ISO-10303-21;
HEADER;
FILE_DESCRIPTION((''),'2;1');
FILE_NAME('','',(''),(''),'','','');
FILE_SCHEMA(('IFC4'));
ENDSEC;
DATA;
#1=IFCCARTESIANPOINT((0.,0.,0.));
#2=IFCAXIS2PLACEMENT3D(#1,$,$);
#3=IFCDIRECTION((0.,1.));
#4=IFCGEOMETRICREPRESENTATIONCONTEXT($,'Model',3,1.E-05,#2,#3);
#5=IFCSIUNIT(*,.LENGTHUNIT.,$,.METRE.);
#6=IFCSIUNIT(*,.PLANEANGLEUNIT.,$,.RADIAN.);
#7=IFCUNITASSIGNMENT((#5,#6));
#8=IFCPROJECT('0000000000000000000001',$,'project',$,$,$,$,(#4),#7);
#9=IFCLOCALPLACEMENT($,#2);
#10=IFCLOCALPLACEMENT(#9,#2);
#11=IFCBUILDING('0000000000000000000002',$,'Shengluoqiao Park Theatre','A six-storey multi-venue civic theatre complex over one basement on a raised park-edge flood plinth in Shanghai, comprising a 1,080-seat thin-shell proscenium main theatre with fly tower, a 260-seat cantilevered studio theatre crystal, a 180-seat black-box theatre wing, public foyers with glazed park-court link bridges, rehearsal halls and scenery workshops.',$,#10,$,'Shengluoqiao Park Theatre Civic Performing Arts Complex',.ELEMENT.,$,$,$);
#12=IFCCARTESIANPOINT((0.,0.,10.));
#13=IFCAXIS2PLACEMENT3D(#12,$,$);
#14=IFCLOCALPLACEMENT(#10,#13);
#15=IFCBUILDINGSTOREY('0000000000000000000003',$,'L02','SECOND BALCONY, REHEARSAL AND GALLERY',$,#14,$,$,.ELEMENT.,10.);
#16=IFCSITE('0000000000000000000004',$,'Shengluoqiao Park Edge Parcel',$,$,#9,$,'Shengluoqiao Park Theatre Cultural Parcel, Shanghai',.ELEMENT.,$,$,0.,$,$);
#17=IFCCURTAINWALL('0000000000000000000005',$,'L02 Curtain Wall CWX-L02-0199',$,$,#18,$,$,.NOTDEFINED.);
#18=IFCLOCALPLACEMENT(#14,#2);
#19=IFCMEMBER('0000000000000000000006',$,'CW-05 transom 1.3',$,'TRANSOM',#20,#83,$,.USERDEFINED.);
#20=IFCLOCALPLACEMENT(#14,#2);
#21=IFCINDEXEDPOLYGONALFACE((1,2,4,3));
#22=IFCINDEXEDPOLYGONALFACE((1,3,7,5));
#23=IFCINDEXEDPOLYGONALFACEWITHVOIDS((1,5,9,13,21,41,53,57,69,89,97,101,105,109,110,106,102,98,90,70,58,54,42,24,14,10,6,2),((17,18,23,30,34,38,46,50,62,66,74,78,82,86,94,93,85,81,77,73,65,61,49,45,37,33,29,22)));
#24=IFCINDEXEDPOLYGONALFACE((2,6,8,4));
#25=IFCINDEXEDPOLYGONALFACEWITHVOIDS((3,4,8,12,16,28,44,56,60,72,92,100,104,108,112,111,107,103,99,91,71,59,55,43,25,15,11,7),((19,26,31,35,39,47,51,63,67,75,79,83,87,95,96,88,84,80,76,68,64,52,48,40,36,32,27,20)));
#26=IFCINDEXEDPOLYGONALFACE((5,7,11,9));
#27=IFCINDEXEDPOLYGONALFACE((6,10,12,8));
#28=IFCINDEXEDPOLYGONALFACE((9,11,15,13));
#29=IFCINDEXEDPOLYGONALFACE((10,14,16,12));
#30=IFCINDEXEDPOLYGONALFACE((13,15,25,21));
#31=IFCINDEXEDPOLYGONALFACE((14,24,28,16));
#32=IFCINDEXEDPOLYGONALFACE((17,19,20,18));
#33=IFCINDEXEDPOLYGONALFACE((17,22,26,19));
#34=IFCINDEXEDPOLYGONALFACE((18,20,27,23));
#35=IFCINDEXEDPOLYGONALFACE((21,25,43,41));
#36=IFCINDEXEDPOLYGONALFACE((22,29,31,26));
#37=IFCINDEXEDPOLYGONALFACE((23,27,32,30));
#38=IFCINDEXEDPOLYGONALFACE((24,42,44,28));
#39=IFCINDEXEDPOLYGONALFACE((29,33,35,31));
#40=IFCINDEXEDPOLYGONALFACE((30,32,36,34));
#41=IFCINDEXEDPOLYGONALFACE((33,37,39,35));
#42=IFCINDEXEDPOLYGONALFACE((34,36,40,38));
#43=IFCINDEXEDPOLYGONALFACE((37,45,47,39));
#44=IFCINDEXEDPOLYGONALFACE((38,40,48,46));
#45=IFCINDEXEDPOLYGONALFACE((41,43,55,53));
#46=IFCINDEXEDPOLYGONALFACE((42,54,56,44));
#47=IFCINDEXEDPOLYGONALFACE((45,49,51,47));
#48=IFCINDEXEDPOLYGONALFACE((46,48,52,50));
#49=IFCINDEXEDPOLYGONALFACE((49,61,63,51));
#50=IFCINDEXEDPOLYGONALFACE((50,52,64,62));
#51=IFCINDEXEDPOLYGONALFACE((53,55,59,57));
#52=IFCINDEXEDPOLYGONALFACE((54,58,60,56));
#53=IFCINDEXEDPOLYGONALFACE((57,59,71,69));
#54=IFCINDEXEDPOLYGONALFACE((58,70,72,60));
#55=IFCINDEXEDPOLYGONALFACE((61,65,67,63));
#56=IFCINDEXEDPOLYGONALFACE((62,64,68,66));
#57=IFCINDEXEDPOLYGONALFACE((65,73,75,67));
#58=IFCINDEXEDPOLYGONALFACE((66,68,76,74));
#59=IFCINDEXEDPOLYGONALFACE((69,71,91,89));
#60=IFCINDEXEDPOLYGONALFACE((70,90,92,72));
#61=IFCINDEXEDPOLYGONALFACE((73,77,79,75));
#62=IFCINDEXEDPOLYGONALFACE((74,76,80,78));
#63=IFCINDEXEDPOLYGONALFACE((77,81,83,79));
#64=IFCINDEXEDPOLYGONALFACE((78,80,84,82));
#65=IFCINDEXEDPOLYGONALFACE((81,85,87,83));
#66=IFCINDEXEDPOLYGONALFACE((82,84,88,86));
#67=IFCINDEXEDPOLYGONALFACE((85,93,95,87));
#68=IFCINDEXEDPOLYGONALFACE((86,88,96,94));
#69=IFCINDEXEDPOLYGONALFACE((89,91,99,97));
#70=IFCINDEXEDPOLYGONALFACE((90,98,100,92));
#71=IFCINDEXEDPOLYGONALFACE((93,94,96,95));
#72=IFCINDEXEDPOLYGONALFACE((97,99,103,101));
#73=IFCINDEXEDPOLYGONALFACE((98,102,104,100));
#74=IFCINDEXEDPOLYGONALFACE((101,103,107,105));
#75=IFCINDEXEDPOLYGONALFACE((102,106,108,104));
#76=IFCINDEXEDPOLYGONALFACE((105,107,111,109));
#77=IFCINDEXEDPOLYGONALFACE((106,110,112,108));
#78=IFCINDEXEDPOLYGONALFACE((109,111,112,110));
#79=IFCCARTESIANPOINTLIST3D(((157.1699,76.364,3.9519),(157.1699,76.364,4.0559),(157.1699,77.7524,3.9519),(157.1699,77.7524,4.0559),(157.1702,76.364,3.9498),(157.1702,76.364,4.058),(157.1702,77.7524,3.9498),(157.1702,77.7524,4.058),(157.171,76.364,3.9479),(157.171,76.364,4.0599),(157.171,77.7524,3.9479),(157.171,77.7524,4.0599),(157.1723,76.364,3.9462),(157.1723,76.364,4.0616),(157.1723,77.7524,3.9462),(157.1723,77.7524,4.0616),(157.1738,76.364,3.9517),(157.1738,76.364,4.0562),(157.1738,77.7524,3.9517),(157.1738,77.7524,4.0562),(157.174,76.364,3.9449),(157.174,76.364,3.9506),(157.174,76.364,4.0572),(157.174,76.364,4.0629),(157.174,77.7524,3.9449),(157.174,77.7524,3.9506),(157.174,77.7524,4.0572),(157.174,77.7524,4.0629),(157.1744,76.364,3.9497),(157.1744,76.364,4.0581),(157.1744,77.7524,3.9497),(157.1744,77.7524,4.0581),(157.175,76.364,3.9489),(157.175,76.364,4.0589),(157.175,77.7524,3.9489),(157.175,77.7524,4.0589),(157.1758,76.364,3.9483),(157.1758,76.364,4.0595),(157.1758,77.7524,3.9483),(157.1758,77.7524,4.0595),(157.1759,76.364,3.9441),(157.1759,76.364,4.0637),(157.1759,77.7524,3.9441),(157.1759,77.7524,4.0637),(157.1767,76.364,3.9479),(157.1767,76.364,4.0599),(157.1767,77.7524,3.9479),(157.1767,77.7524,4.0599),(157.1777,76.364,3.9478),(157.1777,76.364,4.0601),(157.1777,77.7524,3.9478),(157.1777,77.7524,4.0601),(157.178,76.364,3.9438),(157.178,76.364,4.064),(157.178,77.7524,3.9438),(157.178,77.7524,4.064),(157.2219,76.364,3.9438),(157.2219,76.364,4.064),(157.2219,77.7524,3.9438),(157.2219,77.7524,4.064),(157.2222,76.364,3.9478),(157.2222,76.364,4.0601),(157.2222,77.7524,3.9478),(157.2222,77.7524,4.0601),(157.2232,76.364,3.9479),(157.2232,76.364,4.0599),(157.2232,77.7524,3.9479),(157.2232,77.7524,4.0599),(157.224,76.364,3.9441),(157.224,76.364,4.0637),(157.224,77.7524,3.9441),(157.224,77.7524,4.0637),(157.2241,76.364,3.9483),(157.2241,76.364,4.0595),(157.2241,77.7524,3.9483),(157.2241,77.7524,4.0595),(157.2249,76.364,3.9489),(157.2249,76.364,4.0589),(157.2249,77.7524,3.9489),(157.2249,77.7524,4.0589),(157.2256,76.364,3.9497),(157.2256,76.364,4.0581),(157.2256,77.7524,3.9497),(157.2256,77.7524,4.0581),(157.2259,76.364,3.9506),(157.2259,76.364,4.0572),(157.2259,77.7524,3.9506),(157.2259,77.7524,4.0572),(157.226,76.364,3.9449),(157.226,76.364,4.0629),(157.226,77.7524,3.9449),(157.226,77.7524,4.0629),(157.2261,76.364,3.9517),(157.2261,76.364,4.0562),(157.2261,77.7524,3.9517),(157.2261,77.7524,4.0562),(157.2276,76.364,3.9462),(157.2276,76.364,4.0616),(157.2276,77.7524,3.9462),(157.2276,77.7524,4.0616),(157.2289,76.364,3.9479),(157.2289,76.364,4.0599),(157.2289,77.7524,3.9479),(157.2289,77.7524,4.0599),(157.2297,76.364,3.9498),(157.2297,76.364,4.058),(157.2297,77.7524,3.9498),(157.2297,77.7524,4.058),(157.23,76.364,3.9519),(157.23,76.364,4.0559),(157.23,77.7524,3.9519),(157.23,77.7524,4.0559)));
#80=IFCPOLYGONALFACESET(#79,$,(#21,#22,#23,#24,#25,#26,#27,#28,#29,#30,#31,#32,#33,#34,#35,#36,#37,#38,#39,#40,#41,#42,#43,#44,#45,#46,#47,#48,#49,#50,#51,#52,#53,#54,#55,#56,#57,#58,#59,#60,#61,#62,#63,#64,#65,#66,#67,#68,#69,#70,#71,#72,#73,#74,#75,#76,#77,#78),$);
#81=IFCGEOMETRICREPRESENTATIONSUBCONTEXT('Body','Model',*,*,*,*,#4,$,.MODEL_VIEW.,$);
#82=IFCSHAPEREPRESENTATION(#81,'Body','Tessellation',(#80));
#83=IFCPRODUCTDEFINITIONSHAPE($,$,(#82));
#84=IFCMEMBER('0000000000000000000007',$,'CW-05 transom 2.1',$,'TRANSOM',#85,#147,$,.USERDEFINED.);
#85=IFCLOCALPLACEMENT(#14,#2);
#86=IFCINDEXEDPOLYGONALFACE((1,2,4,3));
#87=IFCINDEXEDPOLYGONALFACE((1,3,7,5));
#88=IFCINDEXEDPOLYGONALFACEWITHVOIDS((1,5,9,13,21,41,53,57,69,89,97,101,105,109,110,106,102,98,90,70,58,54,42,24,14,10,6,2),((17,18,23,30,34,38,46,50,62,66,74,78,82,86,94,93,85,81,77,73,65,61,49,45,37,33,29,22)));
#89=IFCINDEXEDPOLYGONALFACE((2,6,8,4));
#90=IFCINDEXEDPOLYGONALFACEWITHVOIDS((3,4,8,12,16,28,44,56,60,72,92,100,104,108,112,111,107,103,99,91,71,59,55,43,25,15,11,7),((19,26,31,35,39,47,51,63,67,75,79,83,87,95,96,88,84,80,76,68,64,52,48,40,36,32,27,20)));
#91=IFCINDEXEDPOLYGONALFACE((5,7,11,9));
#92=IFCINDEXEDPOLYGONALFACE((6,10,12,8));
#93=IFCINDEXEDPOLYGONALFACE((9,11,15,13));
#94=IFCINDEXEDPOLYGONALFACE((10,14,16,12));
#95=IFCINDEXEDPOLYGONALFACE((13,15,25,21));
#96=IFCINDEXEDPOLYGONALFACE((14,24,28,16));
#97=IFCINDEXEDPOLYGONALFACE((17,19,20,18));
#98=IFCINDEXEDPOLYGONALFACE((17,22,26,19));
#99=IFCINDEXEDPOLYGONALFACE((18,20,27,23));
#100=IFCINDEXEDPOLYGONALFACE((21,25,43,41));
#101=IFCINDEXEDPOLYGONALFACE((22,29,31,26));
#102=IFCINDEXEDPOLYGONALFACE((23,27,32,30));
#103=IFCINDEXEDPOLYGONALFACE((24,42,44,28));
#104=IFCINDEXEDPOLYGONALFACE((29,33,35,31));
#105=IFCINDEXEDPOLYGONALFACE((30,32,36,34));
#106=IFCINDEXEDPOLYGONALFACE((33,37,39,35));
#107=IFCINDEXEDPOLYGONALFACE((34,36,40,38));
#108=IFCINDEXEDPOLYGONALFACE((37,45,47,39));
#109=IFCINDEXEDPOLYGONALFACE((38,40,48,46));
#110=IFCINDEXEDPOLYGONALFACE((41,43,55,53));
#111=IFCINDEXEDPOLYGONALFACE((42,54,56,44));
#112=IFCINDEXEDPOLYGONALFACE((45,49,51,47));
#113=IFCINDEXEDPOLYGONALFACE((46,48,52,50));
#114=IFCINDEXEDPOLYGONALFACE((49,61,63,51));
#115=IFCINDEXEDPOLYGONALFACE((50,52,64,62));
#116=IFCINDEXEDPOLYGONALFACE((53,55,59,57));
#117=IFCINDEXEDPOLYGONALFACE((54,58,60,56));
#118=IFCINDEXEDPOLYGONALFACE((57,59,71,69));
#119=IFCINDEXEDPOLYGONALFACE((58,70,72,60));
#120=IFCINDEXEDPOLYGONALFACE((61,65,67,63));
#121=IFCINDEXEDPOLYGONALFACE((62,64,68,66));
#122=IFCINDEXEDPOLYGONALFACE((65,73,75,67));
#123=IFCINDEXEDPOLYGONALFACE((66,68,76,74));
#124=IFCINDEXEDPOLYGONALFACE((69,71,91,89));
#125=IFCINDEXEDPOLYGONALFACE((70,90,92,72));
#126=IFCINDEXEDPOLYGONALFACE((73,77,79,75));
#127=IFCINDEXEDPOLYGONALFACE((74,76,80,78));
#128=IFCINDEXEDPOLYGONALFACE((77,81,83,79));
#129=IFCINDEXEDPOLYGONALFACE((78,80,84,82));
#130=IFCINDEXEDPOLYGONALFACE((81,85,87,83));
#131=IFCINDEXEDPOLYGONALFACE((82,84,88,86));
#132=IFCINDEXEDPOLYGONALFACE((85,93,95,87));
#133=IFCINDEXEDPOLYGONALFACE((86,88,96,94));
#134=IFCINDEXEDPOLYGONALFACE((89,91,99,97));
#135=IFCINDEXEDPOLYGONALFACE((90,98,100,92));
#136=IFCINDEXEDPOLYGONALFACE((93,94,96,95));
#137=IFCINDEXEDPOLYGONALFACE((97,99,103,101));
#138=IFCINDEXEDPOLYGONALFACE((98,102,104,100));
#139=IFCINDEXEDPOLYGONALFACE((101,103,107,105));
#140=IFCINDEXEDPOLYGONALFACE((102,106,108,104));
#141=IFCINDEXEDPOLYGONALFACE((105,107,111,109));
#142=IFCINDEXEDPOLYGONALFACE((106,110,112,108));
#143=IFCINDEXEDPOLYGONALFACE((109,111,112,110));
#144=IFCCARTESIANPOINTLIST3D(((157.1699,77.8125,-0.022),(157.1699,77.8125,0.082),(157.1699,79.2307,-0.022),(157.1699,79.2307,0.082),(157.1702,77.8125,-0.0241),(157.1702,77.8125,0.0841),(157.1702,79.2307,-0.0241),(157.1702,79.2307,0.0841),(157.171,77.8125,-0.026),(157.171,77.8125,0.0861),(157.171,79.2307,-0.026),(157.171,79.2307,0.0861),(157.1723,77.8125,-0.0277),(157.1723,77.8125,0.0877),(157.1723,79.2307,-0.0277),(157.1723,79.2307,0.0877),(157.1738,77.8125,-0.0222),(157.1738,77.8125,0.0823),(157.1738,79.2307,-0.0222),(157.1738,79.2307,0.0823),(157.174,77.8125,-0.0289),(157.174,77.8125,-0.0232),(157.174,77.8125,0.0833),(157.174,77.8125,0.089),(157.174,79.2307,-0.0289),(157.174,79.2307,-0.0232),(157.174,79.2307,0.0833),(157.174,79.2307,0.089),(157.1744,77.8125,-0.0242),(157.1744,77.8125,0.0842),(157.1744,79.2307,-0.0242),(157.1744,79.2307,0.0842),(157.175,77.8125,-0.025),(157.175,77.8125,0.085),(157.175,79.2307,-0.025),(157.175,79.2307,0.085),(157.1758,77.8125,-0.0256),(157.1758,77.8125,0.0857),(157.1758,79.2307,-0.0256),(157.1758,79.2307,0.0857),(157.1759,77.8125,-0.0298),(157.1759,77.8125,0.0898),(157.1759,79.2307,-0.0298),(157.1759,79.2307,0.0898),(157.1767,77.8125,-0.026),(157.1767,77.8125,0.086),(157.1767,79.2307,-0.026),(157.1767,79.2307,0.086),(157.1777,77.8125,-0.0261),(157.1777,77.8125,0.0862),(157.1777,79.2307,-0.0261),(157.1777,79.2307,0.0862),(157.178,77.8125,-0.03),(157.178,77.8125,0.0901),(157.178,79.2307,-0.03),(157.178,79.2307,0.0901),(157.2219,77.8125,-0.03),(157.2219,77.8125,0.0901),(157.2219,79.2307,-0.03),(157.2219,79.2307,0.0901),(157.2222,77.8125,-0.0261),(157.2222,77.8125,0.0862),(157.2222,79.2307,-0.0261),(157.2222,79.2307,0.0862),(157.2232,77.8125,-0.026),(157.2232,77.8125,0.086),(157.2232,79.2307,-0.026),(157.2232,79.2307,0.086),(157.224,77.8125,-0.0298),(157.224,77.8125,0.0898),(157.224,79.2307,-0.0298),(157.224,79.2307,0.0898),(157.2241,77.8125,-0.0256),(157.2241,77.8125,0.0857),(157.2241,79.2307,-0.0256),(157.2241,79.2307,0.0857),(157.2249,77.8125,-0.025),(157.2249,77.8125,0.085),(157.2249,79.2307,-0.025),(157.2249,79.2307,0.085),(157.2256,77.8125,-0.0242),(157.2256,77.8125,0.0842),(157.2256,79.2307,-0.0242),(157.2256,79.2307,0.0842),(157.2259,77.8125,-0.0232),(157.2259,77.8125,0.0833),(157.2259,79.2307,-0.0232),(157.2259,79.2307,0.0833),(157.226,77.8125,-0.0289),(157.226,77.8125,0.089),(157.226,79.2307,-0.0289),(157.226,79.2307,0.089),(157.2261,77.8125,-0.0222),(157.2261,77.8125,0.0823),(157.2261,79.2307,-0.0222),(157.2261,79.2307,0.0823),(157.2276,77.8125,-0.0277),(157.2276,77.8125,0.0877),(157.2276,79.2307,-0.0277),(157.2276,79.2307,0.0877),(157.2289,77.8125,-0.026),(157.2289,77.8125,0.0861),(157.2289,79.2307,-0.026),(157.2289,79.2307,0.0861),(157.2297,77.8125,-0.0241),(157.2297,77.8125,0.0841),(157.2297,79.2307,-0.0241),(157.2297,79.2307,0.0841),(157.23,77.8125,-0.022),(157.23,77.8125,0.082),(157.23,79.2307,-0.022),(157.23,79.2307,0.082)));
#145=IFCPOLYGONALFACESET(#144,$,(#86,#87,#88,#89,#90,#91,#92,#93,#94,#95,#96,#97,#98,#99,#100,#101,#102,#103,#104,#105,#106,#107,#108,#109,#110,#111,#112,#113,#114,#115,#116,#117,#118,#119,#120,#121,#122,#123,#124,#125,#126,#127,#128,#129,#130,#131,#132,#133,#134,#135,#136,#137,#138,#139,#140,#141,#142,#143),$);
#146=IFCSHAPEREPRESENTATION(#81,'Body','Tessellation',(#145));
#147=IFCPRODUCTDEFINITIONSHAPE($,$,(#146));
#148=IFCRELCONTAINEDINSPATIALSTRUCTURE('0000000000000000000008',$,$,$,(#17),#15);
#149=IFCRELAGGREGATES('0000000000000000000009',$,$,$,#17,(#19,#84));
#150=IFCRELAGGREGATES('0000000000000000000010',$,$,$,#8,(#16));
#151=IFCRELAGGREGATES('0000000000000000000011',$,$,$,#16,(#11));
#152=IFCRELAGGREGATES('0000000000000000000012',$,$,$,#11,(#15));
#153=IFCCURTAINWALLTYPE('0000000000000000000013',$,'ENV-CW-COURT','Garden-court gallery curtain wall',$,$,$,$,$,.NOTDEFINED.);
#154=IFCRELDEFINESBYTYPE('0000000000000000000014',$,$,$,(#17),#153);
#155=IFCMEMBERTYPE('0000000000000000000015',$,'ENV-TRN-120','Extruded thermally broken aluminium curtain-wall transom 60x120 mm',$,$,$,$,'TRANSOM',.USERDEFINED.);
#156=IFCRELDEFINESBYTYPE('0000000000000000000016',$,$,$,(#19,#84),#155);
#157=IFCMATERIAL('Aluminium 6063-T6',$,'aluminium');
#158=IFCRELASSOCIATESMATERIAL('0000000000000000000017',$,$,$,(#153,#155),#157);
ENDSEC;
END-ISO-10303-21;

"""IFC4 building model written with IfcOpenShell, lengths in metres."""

from ifc_helpers import new_model, si_unit, direction, frame, origin, origin_2d, place, context, subcontext, project, spatial, hollow_rectangle, extrude, material, material_profile, profile_set, type_object, element, aggregate, save


model = new_model("IFC4")

# Units and contexts
model_context = context("Model", 3, precision=1e-05, world=origin(), true_north=direction((0.0, 1.0)))
body_context = subcontext(model_context, "Body", "Model", "MODEL_VIEW")
ifc_project = project(units=[si_unit("LENGTHUNIT", "METRE"), si_unit("PLANEANGLEUNIT", "RADIAN")], contexts=[model_context])

# Site, building, storey
site_placement = place(None, origin())
site = spatial("IfcSite", under=ifc_project, at=site_placement, Name="Shengluoqiao Park Edge Parcel", LongName="Shengluoqiao Park Theatre Cultural Parcel, Shanghai", CompositionType="ELEMENT", RefElevation=0.0)
building_placement = place(site_placement, origin())
building = spatial("IfcBuilding", under=site, at=building_placement, Name="Shengluoqiao Park Theatre", Description="A six-storey multi-venue civic theatre complex over one basement on a raised park-edge flood plinth in Shanghai, comprising a 1,080-seat thin-shell proscenium main theatre with fly tower, a 260-seat cantilevered studio theatre crystal, a 180-seat black-box theatre wing, public foyers with glazed park-court link bridges, rehearsal halls and scenery workshops.", LongName="Shengluoqiao Park Theatre Civic Performing Arts Complex", CompositionType="ELEMENT")
storey_placement = place(building_placement, frame((0.0, 0.0, 10.0)))
storey = spatial("IfcBuildingStorey", under=building, at=storey_placement, Name="L02", Description="SECOND BALCONY, REHEARSAL AND GALLERY", CompositionType="ELEMENT", Elevation=10.0)

# Curtain wall, members
ifc_material_1 = material(Name="Aluminium 6063-T6", Category="aluminium")
curtain_wall_type = type_object("IfcCurtainWallType", Name="ENV-CW-COURT", Description="Garden-court gallery curtain wall", PredefinedType="NOTDEFINED", material=ifc_material_1)
curtain_wall_placement = place(storey_placement, origin())
curtain_wall = element("IfcCurtainWall", 1, at=curtain_wall_placement, inside=storey, type_object=curtain_wall_type, Name="L02 Curtain Wall CWX-L02-0199", PredefinedType="NOTDEFINED")
ifc_material_profile_1 = material_profile(ifc_material_1, hollow_rectangle(XDim=0.0601, YDim=0.1201, WallThickness=0.0039, InnerFilletRadius=0.0039, OuterFilletRadius=0.0081, at=origin_2d()), Name="ALU TRANSOM 120x60x4")
ifc_profile_set_1 = profile_set([ifc_material_profile_1], Name="Aluminium 6063-T6")
member_type_1 = type_object("IfcMemberType", Name="ENV-TRN-120", Description="Extruded thermally broken aluminium curtain-wall transom 60x120 mm", ElementType="TRANSOM", PredefinedType="USERDEFINED", material=ifc_profile_set_1)
member_1_placement = place(storey_placement, frame((157.2, 76.364, 4.0039), z_axis=(0.0, 1.0, 0.0), x_axis=(-1.0, 0.0, 0.0)))
member_1 = element("IfcMember", 2, at=member_1_placement, type_object=member_type_1, Name="CW-05 transom 1.3", ObjectType="TRANSOM", PredefinedType="USERDEFINED", context=body_context, shape_type="SweptSolid", body=[
    extrude(hollow_rectangle(XDim=0.0601, YDim=0.1201, WallThickness=0.0039, InnerFilletRadius=0.0039, OuterFilletRadius=0.0081, at=origin_2d()), origin(), (0.0, 0.0, 1.0), 1.3884),
])
member_2_placement = place(storey_placement, frame((157.2, 77.8125, 0.03), z_axis=(0.0, 1.0, 0.0), x_axis=(-1.0, 0.0, 0.0)))
member_2 = element("IfcMember", 3, at=member_2_placement, type_object=member_type_1, Name="CW-05 transom 2.1", ObjectType="TRANSOM", PredefinedType="USERDEFINED", context=body_context, shape_type="SweptSolid", body=[
    extrude(hollow_rectangle(XDim=0.0601, YDim=0.1201, WallThickness=0.0039, InnerFilletRadius=0.0039, OuterFilletRadius=0.0081, at=origin_2d()), origin(), (0.0, 0.0, 1.0), 1.4182),
])

aggregate(curtain_wall, [member_1, member_2])

save(model, "model.ifc")
